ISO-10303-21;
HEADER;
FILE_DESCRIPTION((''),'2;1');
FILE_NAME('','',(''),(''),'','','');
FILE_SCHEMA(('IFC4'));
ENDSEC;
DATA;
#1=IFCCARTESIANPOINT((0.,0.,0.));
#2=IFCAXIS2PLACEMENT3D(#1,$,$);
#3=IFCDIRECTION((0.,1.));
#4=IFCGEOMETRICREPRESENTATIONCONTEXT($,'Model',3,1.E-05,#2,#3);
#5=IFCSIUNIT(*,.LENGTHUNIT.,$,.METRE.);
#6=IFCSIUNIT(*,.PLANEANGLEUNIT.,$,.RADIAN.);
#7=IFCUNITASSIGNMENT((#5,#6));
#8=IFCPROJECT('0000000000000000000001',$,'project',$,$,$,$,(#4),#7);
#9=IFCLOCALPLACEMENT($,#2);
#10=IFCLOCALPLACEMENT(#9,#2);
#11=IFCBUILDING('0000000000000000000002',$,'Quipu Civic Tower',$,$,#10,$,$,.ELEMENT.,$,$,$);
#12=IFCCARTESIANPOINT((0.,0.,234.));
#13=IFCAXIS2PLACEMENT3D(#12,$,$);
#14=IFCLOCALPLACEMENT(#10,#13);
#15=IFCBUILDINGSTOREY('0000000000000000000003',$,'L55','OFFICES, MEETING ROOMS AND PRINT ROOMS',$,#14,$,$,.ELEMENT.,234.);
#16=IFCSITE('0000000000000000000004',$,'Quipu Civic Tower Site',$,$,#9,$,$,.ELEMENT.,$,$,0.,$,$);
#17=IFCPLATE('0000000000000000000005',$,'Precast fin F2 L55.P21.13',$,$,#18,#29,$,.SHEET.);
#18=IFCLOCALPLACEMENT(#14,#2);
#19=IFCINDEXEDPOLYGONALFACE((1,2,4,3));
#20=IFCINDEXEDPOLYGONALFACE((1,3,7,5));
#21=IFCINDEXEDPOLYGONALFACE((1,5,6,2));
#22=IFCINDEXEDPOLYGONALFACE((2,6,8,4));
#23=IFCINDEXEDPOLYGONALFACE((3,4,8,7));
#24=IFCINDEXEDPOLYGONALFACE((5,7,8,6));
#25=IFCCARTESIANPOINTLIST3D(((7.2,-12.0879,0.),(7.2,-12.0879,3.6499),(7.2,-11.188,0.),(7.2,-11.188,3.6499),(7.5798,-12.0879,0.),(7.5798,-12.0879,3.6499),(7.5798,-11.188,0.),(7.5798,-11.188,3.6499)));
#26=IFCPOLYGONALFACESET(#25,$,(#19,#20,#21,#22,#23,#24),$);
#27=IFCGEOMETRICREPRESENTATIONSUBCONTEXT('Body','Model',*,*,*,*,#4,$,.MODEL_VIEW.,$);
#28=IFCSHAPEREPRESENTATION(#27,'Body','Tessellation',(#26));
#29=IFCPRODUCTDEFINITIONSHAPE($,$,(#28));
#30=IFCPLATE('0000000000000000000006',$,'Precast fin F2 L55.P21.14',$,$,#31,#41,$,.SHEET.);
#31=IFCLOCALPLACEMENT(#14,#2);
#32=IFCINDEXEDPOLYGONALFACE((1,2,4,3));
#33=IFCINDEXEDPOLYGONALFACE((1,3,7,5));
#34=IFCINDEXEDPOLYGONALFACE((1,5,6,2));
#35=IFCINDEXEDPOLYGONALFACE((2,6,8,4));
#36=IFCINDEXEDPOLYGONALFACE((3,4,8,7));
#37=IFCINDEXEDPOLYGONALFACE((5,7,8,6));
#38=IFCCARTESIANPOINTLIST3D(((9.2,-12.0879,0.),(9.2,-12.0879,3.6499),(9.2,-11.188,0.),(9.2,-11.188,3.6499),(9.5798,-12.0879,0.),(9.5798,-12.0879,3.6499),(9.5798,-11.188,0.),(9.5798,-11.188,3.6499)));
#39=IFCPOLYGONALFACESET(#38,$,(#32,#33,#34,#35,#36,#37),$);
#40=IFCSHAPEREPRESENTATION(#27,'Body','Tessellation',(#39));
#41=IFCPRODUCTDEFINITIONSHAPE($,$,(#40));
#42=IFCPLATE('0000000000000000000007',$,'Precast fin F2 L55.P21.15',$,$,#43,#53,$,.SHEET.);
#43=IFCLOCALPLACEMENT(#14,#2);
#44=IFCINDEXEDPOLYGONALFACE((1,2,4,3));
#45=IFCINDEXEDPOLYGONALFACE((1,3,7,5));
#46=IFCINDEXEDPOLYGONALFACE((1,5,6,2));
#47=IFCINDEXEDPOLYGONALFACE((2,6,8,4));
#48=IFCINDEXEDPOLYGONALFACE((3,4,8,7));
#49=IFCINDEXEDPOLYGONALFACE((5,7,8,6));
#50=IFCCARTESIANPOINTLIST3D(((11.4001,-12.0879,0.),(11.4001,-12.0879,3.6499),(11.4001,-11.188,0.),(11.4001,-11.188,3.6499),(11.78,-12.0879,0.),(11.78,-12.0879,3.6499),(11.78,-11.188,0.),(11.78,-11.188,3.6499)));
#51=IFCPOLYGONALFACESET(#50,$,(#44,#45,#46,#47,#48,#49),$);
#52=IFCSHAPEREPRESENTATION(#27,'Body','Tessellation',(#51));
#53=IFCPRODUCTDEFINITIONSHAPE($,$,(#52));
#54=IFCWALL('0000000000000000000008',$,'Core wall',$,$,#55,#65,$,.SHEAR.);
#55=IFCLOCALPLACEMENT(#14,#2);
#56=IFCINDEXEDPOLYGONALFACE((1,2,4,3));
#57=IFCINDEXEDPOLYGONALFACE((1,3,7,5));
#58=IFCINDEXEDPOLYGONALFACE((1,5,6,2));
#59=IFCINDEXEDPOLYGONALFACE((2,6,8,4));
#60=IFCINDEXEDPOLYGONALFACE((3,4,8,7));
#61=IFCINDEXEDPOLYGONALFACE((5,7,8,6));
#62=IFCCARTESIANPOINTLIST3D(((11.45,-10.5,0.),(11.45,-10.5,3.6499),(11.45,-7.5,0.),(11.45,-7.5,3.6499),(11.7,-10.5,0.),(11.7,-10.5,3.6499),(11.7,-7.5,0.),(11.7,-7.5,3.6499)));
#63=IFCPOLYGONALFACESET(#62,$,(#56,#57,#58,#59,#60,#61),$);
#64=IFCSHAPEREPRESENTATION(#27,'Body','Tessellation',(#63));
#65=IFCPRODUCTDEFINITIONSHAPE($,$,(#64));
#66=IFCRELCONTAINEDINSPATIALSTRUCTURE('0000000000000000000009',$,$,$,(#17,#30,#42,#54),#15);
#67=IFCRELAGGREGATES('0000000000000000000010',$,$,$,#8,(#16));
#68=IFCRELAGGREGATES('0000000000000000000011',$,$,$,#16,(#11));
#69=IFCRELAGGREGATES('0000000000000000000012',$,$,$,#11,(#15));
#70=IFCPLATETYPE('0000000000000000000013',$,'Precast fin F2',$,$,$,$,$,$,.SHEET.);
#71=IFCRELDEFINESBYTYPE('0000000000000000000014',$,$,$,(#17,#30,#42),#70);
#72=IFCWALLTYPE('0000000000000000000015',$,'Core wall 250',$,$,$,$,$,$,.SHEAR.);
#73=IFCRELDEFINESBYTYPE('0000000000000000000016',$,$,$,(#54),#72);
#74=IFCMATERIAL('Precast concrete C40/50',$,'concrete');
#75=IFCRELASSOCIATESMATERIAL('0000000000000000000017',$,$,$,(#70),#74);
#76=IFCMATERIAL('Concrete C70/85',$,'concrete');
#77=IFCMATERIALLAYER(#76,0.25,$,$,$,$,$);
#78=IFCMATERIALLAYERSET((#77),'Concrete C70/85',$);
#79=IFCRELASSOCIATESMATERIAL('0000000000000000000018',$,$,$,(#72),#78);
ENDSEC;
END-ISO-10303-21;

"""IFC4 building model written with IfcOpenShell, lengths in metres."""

from ifc_helpers import new_model, si_unit, direction, frame, frame_2d, origin, origin_2d, place, context, subcontext, project, spatial, rectangle, extrude, material, layer, layer_set, type_object, element, save


model = new_model("IFC4")

# Units and contexts
model_context = context("Model", 3, precision=1e-05, world=origin(), true_north=direction((0.0, 1.0)))
body_context = subcontext(model_context, "Body", "Model", "MODEL_VIEW")
ifc_project = project(units=[si_unit("LENGTHUNIT", "METRE"), si_unit("PLANEANGLEUNIT", "RADIAN")], contexts=[model_context])

# Site, building, storey
site_placement = place(None, origin())
site = spatial("IfcSite", under=ifc_project, at=site_placement, Name="Quipu Civic Tower Site", CompositionType="ELEMENT", RefElevation=0.0)
building_placement = place(site_placement, origin())
building = spatial("IfcBuilding", under=site, at=building_placement, Name="Quipu Civic Tower", CompositionType="ELEMENT")
storey_placement = place(building_placement, frame((0.0, 0.0, 234.0)))
storey = spatial("IfcBuildingStorey", under=building, at=storey_placement, Name="L55", Description="OFFICES, MEETING ROOMS AND PRINT ROOMS", CompositionType="ELEMENT", Elevation=234.0)

# Plates
ifc_material_1 = material(Name="Precast concrete C40/50", Category="concrete")
plate_type = type_object("IfcPlateType", Name="Precast fin F2", PredefinedType="SHEET", material=ifc_material_1)
for number, where, z_axis, x_axis, name in (
    (1, (7.3899, -11.6379, 0.0), (0.0, 0.0, 1.0), (1.0, 0.0, 0.0), "Precast fin F2 L55.P21.13"),
    (2, (9.3899, -11.6379, 0.0), (0.0, 0.0, 1.0), (1.0, 0.0, 0.0), "Precast fin F2 L55.P21.14"),
    (3, (11.5901, -11.6379, 0.0), (0.0, 0.0, 1.0), (1.0, 0.0, 0.0), "Precast fin F2 L55.P21.15"),
):
    element("IfcPlate", number, at=place(storey_placement, frame(where, z_axis=z_axis, x_axis=x_axis)), inside=storey, type_object=plate_type, Name=name, PredefinedType="SHEET", context=body_context, shape_type="SweptSolid", body=[
        extrude(rectangle(XDim=0.3799, YDim=0.8999, at=origin_2d()), origin(), (0.0, 0.0, 1.0), 3.6499),
    ])

# Wall
ifc_material_2 = material(Name="Concrete C70/85", Category="concrete")
ifc_layer_1 = layer(ifc_material_2, 0.25)
ifc_layer_set_1 = layer_set([ifc_layer_1], Name="Concrete C70/85")
wall_type_1 = type_object("IfcWallType", Name="Core wall 250", PredefinedType="SHEAR", material=ifc_layer_set_1)
wall_1_placement = place(storey_placement, frame((11.575, -10.5, 0.0), z_axis=(0.0, 0.0, 1.0), x_axis=(0.0, 1.0, 0.0)))
element("IfcWall", 4, at=wall_1_placement, inside=storey, type_object=wall_type_1, Name="Core wall", PredefinedType="SHEAR", context=body_context, shape_type="SweptSolid", body=[
    extrude(rectangle(XDim=3.0, YDim=0.25, at=frame_2d((1.5, 0.0))), origin(), (0.0, 0.0, 1.0), 3.6499),
])

save(model, "model.ifc")
